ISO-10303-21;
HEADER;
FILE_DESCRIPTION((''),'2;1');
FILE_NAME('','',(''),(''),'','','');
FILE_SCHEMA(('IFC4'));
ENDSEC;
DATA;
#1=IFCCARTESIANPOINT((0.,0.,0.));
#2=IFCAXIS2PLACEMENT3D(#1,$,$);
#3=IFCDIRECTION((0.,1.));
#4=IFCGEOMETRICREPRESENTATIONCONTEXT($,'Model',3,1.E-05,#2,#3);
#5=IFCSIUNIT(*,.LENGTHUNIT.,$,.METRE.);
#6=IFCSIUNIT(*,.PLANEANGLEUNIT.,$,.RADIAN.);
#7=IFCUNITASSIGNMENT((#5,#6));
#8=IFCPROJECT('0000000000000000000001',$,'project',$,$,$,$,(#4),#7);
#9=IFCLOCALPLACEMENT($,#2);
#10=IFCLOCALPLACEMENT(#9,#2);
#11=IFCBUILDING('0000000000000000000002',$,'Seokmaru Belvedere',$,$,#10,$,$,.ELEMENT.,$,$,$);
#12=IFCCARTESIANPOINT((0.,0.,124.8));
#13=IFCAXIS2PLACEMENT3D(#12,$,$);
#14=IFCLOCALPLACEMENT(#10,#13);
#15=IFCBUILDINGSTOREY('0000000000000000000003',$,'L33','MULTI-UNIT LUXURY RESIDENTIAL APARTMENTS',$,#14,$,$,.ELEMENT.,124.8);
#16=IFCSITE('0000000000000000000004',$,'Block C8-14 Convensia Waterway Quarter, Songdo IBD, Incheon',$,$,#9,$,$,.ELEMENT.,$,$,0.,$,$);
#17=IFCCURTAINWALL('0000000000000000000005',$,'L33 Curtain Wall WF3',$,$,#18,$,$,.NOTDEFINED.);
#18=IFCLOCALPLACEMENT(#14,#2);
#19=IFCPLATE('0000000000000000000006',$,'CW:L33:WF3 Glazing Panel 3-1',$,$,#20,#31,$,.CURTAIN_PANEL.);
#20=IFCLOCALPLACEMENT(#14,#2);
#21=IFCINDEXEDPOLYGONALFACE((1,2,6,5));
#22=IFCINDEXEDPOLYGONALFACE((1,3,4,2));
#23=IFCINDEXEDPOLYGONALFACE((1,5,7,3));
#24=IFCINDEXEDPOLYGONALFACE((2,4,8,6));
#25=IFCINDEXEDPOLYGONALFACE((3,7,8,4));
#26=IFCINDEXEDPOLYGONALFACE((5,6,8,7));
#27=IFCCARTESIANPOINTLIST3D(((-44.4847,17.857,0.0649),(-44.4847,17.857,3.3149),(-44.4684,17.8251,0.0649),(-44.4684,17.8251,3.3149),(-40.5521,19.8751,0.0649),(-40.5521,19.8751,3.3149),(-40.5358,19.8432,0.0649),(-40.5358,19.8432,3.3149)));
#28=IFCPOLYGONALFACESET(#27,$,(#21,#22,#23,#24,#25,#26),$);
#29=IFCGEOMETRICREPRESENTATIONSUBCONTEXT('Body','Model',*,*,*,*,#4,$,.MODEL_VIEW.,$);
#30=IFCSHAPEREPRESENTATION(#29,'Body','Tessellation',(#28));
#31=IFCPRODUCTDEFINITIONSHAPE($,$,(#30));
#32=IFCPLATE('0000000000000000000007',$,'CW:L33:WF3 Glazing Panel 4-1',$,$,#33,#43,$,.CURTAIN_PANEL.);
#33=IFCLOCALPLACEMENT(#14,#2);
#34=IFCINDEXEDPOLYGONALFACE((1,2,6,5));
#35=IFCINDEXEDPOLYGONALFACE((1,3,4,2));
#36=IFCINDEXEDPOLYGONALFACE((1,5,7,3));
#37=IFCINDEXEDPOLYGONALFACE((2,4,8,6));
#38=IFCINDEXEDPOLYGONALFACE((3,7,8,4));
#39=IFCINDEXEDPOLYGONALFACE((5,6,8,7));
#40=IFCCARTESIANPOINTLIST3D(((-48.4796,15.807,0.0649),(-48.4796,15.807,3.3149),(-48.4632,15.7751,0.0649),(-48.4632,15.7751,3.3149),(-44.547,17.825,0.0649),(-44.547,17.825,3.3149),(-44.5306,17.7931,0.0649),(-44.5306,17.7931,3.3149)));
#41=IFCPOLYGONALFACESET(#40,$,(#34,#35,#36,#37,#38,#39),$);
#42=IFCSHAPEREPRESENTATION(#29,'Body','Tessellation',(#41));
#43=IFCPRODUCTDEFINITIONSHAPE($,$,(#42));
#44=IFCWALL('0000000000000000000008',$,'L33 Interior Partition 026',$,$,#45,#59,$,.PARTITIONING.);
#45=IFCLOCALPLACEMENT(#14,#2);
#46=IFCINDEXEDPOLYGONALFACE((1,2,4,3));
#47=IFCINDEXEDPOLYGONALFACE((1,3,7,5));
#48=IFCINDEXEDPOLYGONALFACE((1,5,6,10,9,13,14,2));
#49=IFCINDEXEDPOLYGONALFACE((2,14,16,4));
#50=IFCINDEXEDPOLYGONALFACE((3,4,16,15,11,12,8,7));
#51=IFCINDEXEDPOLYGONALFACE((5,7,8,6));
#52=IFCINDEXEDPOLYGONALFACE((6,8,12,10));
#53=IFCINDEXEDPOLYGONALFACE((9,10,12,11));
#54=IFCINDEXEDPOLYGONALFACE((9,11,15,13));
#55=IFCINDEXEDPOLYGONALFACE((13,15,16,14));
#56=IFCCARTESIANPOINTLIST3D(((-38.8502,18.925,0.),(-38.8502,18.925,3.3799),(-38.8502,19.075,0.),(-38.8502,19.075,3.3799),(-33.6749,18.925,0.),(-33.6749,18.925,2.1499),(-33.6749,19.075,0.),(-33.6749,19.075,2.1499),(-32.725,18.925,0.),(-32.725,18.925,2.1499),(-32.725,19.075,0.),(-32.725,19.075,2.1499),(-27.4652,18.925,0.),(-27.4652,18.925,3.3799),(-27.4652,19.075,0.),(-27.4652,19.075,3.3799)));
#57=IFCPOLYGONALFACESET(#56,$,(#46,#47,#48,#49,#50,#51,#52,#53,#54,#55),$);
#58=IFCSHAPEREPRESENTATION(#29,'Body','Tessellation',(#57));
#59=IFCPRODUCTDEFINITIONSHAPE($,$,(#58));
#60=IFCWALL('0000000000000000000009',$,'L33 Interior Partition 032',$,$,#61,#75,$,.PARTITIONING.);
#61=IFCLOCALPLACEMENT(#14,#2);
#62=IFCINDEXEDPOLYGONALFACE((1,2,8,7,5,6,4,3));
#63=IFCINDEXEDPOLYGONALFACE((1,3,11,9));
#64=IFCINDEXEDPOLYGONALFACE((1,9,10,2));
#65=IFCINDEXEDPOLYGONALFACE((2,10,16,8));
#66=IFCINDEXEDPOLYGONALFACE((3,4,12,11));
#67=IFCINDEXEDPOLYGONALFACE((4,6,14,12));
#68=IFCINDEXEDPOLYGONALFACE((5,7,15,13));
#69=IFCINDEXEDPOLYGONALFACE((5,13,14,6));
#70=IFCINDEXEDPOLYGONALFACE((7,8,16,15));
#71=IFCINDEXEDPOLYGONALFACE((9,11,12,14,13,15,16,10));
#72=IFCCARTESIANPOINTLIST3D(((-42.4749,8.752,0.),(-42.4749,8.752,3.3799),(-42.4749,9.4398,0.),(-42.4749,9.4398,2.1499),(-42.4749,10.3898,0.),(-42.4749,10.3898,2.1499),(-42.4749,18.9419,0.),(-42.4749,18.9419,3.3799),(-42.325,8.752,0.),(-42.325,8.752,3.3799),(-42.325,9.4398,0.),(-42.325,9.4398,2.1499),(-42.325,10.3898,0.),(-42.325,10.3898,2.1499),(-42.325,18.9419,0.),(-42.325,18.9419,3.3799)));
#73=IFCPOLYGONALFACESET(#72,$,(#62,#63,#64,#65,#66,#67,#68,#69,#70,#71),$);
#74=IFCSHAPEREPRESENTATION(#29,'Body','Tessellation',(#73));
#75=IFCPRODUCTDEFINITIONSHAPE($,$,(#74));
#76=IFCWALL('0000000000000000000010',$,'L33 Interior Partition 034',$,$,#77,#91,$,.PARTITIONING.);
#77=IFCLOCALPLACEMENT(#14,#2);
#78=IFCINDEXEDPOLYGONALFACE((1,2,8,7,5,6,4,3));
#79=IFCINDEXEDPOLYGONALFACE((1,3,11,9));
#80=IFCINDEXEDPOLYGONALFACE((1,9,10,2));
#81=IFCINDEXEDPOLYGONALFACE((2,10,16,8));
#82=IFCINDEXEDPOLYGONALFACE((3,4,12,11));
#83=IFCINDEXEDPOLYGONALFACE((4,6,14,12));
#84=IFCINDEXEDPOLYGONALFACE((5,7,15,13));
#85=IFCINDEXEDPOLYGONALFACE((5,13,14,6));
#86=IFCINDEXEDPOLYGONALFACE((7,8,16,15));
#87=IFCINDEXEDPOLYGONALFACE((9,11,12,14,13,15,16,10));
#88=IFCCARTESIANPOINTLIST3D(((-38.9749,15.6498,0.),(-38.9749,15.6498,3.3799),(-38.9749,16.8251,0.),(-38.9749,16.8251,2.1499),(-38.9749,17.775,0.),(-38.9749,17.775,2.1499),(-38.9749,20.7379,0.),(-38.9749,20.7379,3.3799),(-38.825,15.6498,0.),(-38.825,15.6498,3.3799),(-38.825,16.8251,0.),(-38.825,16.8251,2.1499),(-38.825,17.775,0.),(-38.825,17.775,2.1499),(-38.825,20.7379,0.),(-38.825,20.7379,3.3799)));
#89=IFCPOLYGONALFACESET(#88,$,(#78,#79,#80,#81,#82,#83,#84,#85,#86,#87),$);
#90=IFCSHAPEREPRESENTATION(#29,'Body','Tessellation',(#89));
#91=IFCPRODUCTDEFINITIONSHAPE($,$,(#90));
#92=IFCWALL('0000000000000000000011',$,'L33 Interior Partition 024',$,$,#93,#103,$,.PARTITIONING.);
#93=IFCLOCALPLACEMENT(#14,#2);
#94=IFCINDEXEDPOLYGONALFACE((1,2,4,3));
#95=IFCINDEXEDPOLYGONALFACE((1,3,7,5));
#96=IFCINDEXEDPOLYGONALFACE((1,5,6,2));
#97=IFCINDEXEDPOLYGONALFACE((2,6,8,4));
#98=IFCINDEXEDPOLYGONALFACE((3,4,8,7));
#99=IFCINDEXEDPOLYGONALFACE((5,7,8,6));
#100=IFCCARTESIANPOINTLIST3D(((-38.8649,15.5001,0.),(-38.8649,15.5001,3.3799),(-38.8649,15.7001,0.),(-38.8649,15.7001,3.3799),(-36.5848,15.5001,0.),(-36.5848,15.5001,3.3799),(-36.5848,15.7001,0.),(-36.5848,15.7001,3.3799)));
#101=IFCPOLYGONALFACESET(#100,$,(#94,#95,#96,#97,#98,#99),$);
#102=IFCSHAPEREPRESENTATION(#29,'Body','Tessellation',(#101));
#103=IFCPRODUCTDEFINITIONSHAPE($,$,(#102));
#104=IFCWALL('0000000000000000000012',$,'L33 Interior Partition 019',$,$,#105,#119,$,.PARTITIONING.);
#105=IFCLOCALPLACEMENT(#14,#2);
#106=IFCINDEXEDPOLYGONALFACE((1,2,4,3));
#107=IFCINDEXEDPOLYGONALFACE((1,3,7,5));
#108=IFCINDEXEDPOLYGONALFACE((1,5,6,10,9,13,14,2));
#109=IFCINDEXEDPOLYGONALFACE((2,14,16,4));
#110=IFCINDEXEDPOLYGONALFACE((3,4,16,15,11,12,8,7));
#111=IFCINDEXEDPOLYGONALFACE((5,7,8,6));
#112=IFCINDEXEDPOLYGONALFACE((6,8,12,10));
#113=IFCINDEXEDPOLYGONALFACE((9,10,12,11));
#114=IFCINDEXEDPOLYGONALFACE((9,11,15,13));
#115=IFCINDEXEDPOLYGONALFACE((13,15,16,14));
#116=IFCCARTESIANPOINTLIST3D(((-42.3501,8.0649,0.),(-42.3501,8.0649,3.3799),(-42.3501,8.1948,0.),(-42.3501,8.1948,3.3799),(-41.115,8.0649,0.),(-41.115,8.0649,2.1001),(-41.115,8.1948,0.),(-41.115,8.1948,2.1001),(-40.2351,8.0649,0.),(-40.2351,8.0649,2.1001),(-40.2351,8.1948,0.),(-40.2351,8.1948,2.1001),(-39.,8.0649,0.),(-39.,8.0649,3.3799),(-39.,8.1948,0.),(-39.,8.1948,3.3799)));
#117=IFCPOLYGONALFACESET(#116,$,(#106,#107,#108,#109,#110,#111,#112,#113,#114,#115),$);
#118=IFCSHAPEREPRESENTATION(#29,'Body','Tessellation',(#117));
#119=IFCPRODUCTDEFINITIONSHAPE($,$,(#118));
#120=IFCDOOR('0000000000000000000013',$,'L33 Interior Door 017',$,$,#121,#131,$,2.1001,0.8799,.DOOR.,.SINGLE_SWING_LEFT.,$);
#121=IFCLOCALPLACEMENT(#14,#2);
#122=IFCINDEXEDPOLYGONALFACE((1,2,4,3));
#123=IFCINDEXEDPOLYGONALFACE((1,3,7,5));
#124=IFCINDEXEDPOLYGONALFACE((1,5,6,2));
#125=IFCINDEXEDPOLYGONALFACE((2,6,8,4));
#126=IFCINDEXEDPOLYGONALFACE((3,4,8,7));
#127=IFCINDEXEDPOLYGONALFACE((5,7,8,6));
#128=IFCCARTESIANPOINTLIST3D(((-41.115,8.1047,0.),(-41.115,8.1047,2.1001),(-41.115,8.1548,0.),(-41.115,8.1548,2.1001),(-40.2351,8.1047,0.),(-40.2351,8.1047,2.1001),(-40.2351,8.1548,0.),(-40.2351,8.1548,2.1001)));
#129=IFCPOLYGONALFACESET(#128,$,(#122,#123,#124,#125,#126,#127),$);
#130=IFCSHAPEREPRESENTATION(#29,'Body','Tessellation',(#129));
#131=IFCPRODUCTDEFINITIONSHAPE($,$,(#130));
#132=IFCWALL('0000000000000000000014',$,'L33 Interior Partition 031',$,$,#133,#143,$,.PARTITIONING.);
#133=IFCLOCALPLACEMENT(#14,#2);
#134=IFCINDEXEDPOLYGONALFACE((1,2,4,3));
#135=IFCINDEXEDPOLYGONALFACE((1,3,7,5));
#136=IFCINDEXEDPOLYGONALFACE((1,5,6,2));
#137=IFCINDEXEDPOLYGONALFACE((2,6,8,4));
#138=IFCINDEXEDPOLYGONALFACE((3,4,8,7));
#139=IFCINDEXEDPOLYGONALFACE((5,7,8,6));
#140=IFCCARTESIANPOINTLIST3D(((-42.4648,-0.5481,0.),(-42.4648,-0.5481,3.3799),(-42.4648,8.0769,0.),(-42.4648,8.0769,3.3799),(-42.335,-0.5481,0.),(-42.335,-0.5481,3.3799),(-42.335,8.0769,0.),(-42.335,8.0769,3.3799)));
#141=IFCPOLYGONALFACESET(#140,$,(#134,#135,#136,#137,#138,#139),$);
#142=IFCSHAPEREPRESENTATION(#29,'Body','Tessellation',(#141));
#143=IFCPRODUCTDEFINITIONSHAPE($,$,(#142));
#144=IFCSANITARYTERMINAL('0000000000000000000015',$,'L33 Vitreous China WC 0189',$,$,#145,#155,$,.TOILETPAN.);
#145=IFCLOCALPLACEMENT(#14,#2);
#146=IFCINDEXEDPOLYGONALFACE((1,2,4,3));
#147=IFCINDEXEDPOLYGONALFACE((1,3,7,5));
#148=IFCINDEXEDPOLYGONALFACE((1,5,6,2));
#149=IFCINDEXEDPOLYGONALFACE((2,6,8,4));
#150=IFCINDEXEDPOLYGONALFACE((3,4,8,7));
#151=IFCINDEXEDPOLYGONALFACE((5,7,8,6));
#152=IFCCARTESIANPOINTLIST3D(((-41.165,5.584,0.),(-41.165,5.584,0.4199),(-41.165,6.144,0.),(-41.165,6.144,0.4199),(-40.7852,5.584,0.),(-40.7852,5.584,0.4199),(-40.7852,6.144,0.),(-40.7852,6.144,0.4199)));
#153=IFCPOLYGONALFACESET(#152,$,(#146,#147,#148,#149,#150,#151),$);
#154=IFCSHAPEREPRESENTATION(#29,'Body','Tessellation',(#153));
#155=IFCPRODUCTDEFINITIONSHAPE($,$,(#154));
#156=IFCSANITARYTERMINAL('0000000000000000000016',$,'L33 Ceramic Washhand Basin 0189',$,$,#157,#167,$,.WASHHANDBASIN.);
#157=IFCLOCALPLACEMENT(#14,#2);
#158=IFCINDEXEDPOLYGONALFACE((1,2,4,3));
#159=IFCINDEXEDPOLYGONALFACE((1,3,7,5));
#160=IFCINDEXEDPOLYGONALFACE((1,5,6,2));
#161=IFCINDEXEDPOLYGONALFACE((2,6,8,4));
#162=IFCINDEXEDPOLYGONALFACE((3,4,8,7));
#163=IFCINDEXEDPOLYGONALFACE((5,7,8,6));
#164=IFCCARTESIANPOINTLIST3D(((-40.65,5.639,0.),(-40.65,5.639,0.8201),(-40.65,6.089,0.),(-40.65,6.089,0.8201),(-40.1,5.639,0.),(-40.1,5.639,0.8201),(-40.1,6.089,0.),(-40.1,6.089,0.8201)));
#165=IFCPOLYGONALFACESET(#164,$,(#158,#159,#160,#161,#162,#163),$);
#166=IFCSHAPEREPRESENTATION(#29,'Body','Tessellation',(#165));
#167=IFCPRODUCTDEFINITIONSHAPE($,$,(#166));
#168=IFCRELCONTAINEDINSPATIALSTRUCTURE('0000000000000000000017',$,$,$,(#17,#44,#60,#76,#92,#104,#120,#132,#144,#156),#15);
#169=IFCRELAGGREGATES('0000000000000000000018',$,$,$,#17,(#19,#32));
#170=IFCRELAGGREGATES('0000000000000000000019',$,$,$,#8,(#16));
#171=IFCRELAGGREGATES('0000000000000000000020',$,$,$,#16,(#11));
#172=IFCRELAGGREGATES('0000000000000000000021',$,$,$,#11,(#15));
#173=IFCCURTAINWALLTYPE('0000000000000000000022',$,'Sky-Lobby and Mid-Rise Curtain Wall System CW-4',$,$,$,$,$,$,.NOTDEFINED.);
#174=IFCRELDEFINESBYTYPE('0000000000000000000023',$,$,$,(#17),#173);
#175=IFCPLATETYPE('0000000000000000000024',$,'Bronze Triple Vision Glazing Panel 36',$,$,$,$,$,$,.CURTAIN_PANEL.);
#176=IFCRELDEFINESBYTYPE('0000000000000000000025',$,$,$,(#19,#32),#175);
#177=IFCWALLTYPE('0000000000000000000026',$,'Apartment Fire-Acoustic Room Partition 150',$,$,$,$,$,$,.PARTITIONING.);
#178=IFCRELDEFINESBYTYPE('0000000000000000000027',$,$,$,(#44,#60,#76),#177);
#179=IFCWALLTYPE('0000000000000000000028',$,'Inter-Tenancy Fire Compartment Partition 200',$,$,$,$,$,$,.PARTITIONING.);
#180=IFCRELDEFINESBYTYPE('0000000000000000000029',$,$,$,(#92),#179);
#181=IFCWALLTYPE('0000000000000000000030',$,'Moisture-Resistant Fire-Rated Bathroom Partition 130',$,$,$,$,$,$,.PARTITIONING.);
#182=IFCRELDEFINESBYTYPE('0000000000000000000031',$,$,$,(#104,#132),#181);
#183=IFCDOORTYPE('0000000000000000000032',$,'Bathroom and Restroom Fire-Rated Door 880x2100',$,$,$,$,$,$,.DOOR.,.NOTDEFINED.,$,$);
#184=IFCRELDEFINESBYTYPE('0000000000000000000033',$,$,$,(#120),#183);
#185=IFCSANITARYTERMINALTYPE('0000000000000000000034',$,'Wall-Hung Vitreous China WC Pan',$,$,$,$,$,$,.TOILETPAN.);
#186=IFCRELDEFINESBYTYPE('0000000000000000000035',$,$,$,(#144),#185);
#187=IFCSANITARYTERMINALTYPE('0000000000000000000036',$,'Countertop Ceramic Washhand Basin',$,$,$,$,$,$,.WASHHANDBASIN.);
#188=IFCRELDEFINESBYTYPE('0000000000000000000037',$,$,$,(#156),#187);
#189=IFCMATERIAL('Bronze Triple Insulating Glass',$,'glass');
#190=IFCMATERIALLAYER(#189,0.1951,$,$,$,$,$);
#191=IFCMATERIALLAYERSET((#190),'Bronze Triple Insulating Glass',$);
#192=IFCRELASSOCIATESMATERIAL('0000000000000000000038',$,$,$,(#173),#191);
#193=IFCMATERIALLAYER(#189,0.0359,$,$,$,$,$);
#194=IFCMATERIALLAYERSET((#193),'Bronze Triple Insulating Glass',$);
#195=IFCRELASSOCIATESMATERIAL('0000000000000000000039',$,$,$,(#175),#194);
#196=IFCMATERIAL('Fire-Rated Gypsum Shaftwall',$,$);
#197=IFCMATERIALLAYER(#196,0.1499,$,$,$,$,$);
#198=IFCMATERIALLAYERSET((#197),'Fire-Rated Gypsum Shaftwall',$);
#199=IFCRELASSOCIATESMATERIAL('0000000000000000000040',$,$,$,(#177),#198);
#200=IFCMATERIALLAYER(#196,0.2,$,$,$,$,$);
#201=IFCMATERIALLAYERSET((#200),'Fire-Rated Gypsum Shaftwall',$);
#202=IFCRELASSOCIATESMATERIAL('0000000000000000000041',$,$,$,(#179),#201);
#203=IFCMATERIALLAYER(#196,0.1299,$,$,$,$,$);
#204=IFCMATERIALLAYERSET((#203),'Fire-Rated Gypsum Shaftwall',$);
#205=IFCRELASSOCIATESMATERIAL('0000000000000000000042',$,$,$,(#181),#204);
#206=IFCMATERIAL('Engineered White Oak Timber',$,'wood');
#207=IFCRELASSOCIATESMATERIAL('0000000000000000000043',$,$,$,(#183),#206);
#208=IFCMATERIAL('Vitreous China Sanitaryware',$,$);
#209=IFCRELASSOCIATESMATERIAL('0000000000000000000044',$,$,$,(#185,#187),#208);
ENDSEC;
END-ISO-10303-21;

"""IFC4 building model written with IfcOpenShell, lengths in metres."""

from ifc_helpers import new_model, si_unit, direction, frame, frame_2d, origin, origin_2d, place, context, subcontext, project, spatial, rectangle, extrude, source, transform, mapped, material, layer, layer_set, type_object, type_shapes, element, fill, aggregate, save


model = new_model("IFC4")

# Units and contexts
model_context = context("Model", 3, precision=1e-05, world=origin(), true_north=direction((0.0, 1.0)))
body_context = subcontext(model_context, "Body", "Model", "MODEL_VIEW")
ifc_project = project(units=[si_unit("LENGTHUNIT", "METRE"), si_unit("PLANEANGLEUNIT", "RADIAN")], contexts=[model_context])

# Site, building, storey
site_placement = place(None, origin())
site = spatial("IfcSite", under=ifc_project, at=site_placement, Name="Block C8-14 Convensia Waterway Quarter, Songdo IBD, Incheon", CompositionType="ELEMENT", RefElevation=0.0)
building_placement = place(site_placement, origin())
building = spatial("IfcBuilding", under=site, at=building_placement, Name="Seokmaru Belvedere", CompositionType="ELEMENT")
storey_placement = place(building_placement, frame((0.0, 0.0, 124.8)))
storey = spatial("IfcBuildingStorey", under=building, at=storey_placement, Name="L33", Description="MULTI-UNIT LUXURY RESIDENTIAL APARTMENTS", CompositionType="ELEMENT", Elevation=124.8)

# Curtain wall, plates
ifc_material_1 = material(Name="Bronze Triple Insulating Glass", Category="glass")
ifc_layer_1 = layer(ifc_material_1, 0.1951)
ifc_layer_set_1 = layer_set([ifc_layer_1], Name="Bronze Triple Insulating Glass")
curtain_wall_type = type_object("IfcCurtainWallType", Name="Sky-Lobby and Mid-Rise Curtain Wall System CW-4", PredefinedType="NOTDEFINED", material=ifc_layer_set_1)
curtain_wall_placement = place(storey_placement, origin())
curtain_wall = element("IfcCurtainWall", 1, at=curtain_wall_placement, inside=storey, type_object=curtain_wall_type, Name="L33 Curtain Wall WF3", PredefinedType="NOTDEFINED")
ifc_layer_2 = layer(ifc_material_1, 0.0359)
ifc_layer_set_2 = layer_set([ifc_layer_2], Name="Bronze Triple Insulating Glass")
plate_type = type_object("IfcPlateType", Name="Bronze Triple Vision Glazing Panel 36", PredefinedType="CURTAIN_PANEL", material=ifc_layer_set_2)
shared_shape_1 = source(origin(), body_context, "Body", "SweptSolid", [
    extrude(rectangle(XDim=4.4202, YDim=0.0359, at=origin_2d()), origin(), (0.0, 0.0, 1.0), 3.25),
])
type_shapes(plate_type, [shared_shape_1])
plate_1_placement = place(storey_placement, frame((-42.5103, 18.8501, 0.0649), z_axis=(0.0, 0.0, 1.0), x_axis=(-0.889695, -0.456555, 0.0)))
plate_1 = element("IfcPlate", 2, at=plate_1_placement, type_object=plate_type, Name="CW:L33:WF3 Glazing Panel 3-1", PredefinedType="CURTAIN_PANEL", context=body_context, shape_type="MappedRepresentation", body=[
    mapped(shared_shape_1, transform((0.0, 0.0, 0.0), scale=1.0)),
])
plate_2_placement = place(storey_placement, frame((-46.5051, 16.8, 0.0649), z_axis=(0.0, 0.0, 1.0), x_axis=(-0.889695, -0.456555, 0.0)))
plate_2 = element("IfcPlate", 3, at=plate_2_placement, type_object=plate_type, Name="CW:L33:WF3 Glazing Panel 4-1", PredefinedType="CURTAIN_PANEL", context=body_context, shape_type="MappedRepresentation", body=[
    mapped(shared_shape_1, transform((0.0, 0.0, 0.0), scale=1.0)),
])
aggregate(curtain_wall, [plate_1, plate_2])

# Shared definitions
ifc_material_2 = material(Name="Fire-Rated Gypsum Shaftwall")
ifc_layer_3 = layer(ifc_material_2, 0.1499)
ifc_layer_set_3 = layer_set([ifc_layer_3], Name="Fire-Rated Gypsum Shaftwall")
wall_type_1 = type_object("IfcWallType", Name="Apartment Fire-Acoustic Room Partition 150", PredefinedType="PARTITIONING", material=ifc_layer_set_3)
ifc_material_3 = material(Name="Engineered White Oak Timber", Category="wood")

# Walls, openings
wall_1_placement = place(storey_placement, frame((-38.8501, 19.0, 0.0), z_axis=(0.0, 0.0, 1.0), x_axis=(1.0, 0.0, 0.0)))
wall_1 = element("IfcWall", 4, at=wall_1_placement, inside=storey, type_object=wall_type_1, Name="L33 Interior Partition 026", PredefinedType="PARTITIONING", context=body_context, shape_type="SweptSolid", body=[
    extrude(rectangle(XDim=11.385, YDim=0.1499, at=frame_2d((5.6924, 0.0))), origin(), (0.0, 0.0, 1.0), 3.3799),
])
opening_1_placement = place(wall_1_placement, frame((5.175, 0.0, 0.0)))
element("IfcOpeningElement", 5, at=opening_1_placement, cuts=wall_1, PredefinedType="OPENING", context=body_context, shape_type="SweptSolid", body=[
    extrude(rectangle(XDim=0.95, YDim=2.1499, at=frame_2d((0.4751, 1.075))), frame((0.0, 0.085, 0.0), z_axis=(0.0, -1.0, 0.0), x_axis=(1.0, 0.0, 0.0)), (0.0, 0.0, 1.0), 0.1699),
])
wall_2_placement = place(storey_placement, frame((-42.3999, 8.752, 0.0), z_axis=(0.0, 0.0, 1.0), x_axis=(0.0, 1.0, 0.0)))
wall_2 = element("IfcWall", 6, at=wall_2_placement, inside=storey, type_object=wall_type_1, Name="L33 Interior Partition 032", PredefinedType="PARTITIONING", context=body_context, shape_type="SweptSolid", body=[
    extrude(rectangle(XDim=10.1899, YDim=0.1499, at=frame_2d((5.095, 0.0))), origin(), (0.0, 0.0, 1.0), 3.3799),
])
opening_2_placement = place(wall_2_placement, frame((0.6877, 0.0, 0.0)))
element("IfcOpeningElement", 7, at=opening_2_placement, cuts=wall_2, PredefinedType="OPENING", context=body_context, shape_type="SweptSolid", body=[
    extrude(rectangle(XDim=0.95, YDim=2.1499, at=frame_2d((0.4751, 1.075))), frame((0.0, 0.085, 0.0), z_axis=(0.0, -1.0, 0.0), x_axis=(1.0, 0.0, 0.0)), (0.0, 0.0, 1.0), 0.1699),
])
wall_3_placement = place(storey_placement, frame((-38.8999, 15.6499, 0.0), z_axis=(0.0, 0.0, 1.0), x_axis=(0.0, 1.0, 0.0)))
wall_3 = element("IfcWall", 8, at=wall_3_placement, inside=storey, type_object=wall_type_1, Name="L33 Interior Partition 034", PredefinedType="PARTITIONING", context=body_context, shape_type="SweptSolid", body=[
    extrude(rectangle(XDim=5.0881, YDim=0.1499, at=frame_2d((2.5439, 0.0))), origin(), (0.0, 0.0, 1.0), 3.3799),
])
opening_3_placement = place(wall_3_placement, frame((1.175, 0.0, 0.0)))
element("IfcOpeningElement", 9, at=opening_3_placement, cuts=wall_3, PredefinedType="OPENING", context=body_context, shape_type="SweptSolid", body=[
    extrude(rectangle(XDim=0.95, YDim=2.1499, at=frame_2d((0.4751, 1.075))), frame((0.0, 0.085, 0.0), z_axis=(0.0, -1.0, 0.0), x_axis=(1.0, 0.0, 0.0)), (0.0, 0.0, 1.0), 0.1699),
])

# Wall
ifc_layer_4 = layer(ifc_material_2, 0.2)
ifc_layer_set_4 = layer_set([ifc_layer_4], Name="Fire-Rated Gypsum Shaftwall")
wall_type_2 = type_object("IfcWallType", Name="Inter-Tenancy Fire Compartment Partition 200", PredefinedType="PARTITIONING", material=ifc_layer_set_4)
wall_4_placement = place(storey_placement, frame((-38.865, 15.6001, 0.0), z_axis=(0.0, 0.0, 1.0), x_axis=(1.0, 0.0, 0.0)))
element("IfcWall", 10, at=wall_4_placement, inside=storey, type_object=wall_type_2, Name="L33 Interior Partition 024", PredefinedType="PARTITIONING", context=body_context, shape_type="SweptSolid", body=[
    extrude(rectangle(XDim=2.28, YDim=0.2, at=frame_2d((1.1401, 0.0))), origin(), (0.0, 0.0, 1.0), 3.3799),
])

# Wall, opening, door
ifc_layer_5 = layer(ifc_material_2, 0.1299)
ifc_layer_set_5 = layer_set([ifc_layer_5], Name="Fire-Rated Gypsum Shaftwall")
wall_type_3 = type_object("IfcWallType", Name="Moisture-Resistant Fire-Rated Bathroom Partition 130", PredefinedType="PARTITIONING", material=ifc_layer_set_5)
wall_5_placement = place(storey_placement, frame((-42.3501, 8.1299, 0.0), z_axis=(0.0, 0.0, 1.0), x_axis=(1.0, 0.0, 0.0)))
wall_5 = element("IfcWall", 11, at=wall_5_placement, inside=storey, type_object=wall_type_3, Name="L33 Interior Partition 019", PredefinedType="PARTITIONING", context=body_context, shape_type="SweptSolid", body=[
    extrude(rectangle(XDim=3.3501, YDim=0.1299, at=frame_2d((1.675, 0.0))), origin(), (0.0, 0.0, 1.0), 3.3799),
])
opening_4_placement = place(wall_5_placement, frame((1.2351, 0.0, 0.0)))
opening_4 = element("IfcOpeningElement", 12, at=opening_4_placement, cuts=wall_5, PredefinedType="OPENING", context=body_context, shape_type="SweptSolid", body=[
    extrude(rectangle(XDim=0.8799, YDim=2.1001, at=frame_2d((0.4399, 1.05))), frame((0.0, 0.075, 0.0), z_axis=(0.0, -1.0, 0.0), x_axis=(1.0, 0.0, 0.0)), (0.0, 0.0, 1.0), 0.1499),
])
door_type_1 = type_object("IfcDoorType", Name="Bathroom and Restroom Fire-Rated Door 880x2100", OperationType="NOTDEFINED", PredefinedType="DOOR", material=ifc_material_3)
shared_shape_2 = source(origin(), body_context, "Body", "SweptSolid", [
    extrude(rectangle(XDim=0.8799, YDim=2.1001, at=frame_2d((0.4399, 1.05))), frame((0.0, 0.0249, 0.0), z_axis=(0.0, -1.0, 0.0), x_axis=(1.0, 0.0, 0.0)), (0.0, 0.0, 1.0), 0.05),
])
type_shapes(door_type_1, [shared_shape_2])
door_1_placement = place(opening_4_placement, origin())
door_1 = element("IfcDoor", 13, at=door_1_placement, inside=storey, type_object=door_type_1, Name="L33 Interior Door 017", OperationType="SINGLE_SWING_LEFT", OverallHeight=2.1001, OverallWidth=0.8799, PredefinedType="DOOR", context=body_context, shape_type="MappedRepresentation", body=[
    mapped(shared_shape_2, transform((0.0, 0.0, 0.0), scale=1.0)),
])
fill(opening_4, door_1)

# Wall
wall_6_placement = place(storey_placement, frame((-42.3999, -0.5481, 0.0), z_axis=(0.0, 0.0, 1.0), x_axis=(0.0, 1.0, 0.0)))
element("IfcWall", 14, at=wall_6_placement, inside=storey, type_object=wall_type_3, Name="L33 Interior Partition 031", PredefinedType="PARTITIONING", context=body_context, shape_type="SweptSolid", body=[
    extrude(rectangle(XDim=8.625, YDim=0.1299, at=frame_2d((4.3125, 0.0))), origin(), (0.0, 0.0, 1.0), 3.3799),
])

# Sanitary terminals
ifc_material_4 = material(Name="Vitreous China Sanitaryware")
sanitary_terminal_type_1 = type_object("IfcSanitaryTerminalType", Name="Wall-Hung Vitreous China WC Pan", PredefinedType="TOILETPAN", material=ifc_material_4)
shared_shape_3 = source(origin(), body_context, "Body", "SweptSolid", [
    extrude(rectangle(XDim=0.3799, YDim=0.5601, at=origin_2d()), origin(), (0.0, 0.0, 1.0), 0.4199),
])
type_shapes(sanitary_terminal_type_1, [shared_shape_3])
sanitary_terminal_1_placement = place(storey_placement, frame((-40.9751, 5.864, 0.0), z_axis=(0.0, 0.0, 1.0), x_axis=(1.0, 0.0, 0.0)))
element("IfcSanitaryTerminal", 15, at=sanitary_terminal_1_placement, inside=storey, type_object=sanitary_terminal_type_1, Name="L33 Vitreous China WC 0189", PredefinedType="TOILETPAN", context=body_context, shape_type="MappedRepresentation", body=[
    mapped(shared_shape_3, transform((0.0, 0.0, 0.0), scale=1.0)),
])
sanitary_terminal_type_2 = type_object("IfcSanitaryTerminalType", Name="Countertop Ceramic Washhand Basin", PredefinedType="WASHHANDBASIN", material=ifc_material_4)
shared_shape_4 = source(origin(), body_context, "Body", "SweptSolid", [
    extrude(rectangle(XDim=0.55, YDim=0.45, at=origin_2d()), origin(), (0.0, 0.0, 1.0), 0.8201),
])
type_shapes(sanitary_terminal_type_2, [shared_shape_4])
sanitary_terminal_2_placement = place(storey_placement, frame((-40.375, 5.864, 0.0), z_axis=(0.0, 0.0, 1.0), x_axis=(1.0, 0.0, 0.0)))
element("IfcSanitaryTerminal", 16, at=sanitary_terminal_2_placement, inside=storey, type_object=sanitary_terminal_type_2, Name="L33 Ceramic Washhand Basin 0189", PredefinedType="WASHHANDBASIN", context=body_context, shape_type="MappedRepresentation", body=[
    mapped(shared_shape_4, transform((0.0, 0.0, 0.0), scale=1.0)),
])

save(model, "model.ifc")
